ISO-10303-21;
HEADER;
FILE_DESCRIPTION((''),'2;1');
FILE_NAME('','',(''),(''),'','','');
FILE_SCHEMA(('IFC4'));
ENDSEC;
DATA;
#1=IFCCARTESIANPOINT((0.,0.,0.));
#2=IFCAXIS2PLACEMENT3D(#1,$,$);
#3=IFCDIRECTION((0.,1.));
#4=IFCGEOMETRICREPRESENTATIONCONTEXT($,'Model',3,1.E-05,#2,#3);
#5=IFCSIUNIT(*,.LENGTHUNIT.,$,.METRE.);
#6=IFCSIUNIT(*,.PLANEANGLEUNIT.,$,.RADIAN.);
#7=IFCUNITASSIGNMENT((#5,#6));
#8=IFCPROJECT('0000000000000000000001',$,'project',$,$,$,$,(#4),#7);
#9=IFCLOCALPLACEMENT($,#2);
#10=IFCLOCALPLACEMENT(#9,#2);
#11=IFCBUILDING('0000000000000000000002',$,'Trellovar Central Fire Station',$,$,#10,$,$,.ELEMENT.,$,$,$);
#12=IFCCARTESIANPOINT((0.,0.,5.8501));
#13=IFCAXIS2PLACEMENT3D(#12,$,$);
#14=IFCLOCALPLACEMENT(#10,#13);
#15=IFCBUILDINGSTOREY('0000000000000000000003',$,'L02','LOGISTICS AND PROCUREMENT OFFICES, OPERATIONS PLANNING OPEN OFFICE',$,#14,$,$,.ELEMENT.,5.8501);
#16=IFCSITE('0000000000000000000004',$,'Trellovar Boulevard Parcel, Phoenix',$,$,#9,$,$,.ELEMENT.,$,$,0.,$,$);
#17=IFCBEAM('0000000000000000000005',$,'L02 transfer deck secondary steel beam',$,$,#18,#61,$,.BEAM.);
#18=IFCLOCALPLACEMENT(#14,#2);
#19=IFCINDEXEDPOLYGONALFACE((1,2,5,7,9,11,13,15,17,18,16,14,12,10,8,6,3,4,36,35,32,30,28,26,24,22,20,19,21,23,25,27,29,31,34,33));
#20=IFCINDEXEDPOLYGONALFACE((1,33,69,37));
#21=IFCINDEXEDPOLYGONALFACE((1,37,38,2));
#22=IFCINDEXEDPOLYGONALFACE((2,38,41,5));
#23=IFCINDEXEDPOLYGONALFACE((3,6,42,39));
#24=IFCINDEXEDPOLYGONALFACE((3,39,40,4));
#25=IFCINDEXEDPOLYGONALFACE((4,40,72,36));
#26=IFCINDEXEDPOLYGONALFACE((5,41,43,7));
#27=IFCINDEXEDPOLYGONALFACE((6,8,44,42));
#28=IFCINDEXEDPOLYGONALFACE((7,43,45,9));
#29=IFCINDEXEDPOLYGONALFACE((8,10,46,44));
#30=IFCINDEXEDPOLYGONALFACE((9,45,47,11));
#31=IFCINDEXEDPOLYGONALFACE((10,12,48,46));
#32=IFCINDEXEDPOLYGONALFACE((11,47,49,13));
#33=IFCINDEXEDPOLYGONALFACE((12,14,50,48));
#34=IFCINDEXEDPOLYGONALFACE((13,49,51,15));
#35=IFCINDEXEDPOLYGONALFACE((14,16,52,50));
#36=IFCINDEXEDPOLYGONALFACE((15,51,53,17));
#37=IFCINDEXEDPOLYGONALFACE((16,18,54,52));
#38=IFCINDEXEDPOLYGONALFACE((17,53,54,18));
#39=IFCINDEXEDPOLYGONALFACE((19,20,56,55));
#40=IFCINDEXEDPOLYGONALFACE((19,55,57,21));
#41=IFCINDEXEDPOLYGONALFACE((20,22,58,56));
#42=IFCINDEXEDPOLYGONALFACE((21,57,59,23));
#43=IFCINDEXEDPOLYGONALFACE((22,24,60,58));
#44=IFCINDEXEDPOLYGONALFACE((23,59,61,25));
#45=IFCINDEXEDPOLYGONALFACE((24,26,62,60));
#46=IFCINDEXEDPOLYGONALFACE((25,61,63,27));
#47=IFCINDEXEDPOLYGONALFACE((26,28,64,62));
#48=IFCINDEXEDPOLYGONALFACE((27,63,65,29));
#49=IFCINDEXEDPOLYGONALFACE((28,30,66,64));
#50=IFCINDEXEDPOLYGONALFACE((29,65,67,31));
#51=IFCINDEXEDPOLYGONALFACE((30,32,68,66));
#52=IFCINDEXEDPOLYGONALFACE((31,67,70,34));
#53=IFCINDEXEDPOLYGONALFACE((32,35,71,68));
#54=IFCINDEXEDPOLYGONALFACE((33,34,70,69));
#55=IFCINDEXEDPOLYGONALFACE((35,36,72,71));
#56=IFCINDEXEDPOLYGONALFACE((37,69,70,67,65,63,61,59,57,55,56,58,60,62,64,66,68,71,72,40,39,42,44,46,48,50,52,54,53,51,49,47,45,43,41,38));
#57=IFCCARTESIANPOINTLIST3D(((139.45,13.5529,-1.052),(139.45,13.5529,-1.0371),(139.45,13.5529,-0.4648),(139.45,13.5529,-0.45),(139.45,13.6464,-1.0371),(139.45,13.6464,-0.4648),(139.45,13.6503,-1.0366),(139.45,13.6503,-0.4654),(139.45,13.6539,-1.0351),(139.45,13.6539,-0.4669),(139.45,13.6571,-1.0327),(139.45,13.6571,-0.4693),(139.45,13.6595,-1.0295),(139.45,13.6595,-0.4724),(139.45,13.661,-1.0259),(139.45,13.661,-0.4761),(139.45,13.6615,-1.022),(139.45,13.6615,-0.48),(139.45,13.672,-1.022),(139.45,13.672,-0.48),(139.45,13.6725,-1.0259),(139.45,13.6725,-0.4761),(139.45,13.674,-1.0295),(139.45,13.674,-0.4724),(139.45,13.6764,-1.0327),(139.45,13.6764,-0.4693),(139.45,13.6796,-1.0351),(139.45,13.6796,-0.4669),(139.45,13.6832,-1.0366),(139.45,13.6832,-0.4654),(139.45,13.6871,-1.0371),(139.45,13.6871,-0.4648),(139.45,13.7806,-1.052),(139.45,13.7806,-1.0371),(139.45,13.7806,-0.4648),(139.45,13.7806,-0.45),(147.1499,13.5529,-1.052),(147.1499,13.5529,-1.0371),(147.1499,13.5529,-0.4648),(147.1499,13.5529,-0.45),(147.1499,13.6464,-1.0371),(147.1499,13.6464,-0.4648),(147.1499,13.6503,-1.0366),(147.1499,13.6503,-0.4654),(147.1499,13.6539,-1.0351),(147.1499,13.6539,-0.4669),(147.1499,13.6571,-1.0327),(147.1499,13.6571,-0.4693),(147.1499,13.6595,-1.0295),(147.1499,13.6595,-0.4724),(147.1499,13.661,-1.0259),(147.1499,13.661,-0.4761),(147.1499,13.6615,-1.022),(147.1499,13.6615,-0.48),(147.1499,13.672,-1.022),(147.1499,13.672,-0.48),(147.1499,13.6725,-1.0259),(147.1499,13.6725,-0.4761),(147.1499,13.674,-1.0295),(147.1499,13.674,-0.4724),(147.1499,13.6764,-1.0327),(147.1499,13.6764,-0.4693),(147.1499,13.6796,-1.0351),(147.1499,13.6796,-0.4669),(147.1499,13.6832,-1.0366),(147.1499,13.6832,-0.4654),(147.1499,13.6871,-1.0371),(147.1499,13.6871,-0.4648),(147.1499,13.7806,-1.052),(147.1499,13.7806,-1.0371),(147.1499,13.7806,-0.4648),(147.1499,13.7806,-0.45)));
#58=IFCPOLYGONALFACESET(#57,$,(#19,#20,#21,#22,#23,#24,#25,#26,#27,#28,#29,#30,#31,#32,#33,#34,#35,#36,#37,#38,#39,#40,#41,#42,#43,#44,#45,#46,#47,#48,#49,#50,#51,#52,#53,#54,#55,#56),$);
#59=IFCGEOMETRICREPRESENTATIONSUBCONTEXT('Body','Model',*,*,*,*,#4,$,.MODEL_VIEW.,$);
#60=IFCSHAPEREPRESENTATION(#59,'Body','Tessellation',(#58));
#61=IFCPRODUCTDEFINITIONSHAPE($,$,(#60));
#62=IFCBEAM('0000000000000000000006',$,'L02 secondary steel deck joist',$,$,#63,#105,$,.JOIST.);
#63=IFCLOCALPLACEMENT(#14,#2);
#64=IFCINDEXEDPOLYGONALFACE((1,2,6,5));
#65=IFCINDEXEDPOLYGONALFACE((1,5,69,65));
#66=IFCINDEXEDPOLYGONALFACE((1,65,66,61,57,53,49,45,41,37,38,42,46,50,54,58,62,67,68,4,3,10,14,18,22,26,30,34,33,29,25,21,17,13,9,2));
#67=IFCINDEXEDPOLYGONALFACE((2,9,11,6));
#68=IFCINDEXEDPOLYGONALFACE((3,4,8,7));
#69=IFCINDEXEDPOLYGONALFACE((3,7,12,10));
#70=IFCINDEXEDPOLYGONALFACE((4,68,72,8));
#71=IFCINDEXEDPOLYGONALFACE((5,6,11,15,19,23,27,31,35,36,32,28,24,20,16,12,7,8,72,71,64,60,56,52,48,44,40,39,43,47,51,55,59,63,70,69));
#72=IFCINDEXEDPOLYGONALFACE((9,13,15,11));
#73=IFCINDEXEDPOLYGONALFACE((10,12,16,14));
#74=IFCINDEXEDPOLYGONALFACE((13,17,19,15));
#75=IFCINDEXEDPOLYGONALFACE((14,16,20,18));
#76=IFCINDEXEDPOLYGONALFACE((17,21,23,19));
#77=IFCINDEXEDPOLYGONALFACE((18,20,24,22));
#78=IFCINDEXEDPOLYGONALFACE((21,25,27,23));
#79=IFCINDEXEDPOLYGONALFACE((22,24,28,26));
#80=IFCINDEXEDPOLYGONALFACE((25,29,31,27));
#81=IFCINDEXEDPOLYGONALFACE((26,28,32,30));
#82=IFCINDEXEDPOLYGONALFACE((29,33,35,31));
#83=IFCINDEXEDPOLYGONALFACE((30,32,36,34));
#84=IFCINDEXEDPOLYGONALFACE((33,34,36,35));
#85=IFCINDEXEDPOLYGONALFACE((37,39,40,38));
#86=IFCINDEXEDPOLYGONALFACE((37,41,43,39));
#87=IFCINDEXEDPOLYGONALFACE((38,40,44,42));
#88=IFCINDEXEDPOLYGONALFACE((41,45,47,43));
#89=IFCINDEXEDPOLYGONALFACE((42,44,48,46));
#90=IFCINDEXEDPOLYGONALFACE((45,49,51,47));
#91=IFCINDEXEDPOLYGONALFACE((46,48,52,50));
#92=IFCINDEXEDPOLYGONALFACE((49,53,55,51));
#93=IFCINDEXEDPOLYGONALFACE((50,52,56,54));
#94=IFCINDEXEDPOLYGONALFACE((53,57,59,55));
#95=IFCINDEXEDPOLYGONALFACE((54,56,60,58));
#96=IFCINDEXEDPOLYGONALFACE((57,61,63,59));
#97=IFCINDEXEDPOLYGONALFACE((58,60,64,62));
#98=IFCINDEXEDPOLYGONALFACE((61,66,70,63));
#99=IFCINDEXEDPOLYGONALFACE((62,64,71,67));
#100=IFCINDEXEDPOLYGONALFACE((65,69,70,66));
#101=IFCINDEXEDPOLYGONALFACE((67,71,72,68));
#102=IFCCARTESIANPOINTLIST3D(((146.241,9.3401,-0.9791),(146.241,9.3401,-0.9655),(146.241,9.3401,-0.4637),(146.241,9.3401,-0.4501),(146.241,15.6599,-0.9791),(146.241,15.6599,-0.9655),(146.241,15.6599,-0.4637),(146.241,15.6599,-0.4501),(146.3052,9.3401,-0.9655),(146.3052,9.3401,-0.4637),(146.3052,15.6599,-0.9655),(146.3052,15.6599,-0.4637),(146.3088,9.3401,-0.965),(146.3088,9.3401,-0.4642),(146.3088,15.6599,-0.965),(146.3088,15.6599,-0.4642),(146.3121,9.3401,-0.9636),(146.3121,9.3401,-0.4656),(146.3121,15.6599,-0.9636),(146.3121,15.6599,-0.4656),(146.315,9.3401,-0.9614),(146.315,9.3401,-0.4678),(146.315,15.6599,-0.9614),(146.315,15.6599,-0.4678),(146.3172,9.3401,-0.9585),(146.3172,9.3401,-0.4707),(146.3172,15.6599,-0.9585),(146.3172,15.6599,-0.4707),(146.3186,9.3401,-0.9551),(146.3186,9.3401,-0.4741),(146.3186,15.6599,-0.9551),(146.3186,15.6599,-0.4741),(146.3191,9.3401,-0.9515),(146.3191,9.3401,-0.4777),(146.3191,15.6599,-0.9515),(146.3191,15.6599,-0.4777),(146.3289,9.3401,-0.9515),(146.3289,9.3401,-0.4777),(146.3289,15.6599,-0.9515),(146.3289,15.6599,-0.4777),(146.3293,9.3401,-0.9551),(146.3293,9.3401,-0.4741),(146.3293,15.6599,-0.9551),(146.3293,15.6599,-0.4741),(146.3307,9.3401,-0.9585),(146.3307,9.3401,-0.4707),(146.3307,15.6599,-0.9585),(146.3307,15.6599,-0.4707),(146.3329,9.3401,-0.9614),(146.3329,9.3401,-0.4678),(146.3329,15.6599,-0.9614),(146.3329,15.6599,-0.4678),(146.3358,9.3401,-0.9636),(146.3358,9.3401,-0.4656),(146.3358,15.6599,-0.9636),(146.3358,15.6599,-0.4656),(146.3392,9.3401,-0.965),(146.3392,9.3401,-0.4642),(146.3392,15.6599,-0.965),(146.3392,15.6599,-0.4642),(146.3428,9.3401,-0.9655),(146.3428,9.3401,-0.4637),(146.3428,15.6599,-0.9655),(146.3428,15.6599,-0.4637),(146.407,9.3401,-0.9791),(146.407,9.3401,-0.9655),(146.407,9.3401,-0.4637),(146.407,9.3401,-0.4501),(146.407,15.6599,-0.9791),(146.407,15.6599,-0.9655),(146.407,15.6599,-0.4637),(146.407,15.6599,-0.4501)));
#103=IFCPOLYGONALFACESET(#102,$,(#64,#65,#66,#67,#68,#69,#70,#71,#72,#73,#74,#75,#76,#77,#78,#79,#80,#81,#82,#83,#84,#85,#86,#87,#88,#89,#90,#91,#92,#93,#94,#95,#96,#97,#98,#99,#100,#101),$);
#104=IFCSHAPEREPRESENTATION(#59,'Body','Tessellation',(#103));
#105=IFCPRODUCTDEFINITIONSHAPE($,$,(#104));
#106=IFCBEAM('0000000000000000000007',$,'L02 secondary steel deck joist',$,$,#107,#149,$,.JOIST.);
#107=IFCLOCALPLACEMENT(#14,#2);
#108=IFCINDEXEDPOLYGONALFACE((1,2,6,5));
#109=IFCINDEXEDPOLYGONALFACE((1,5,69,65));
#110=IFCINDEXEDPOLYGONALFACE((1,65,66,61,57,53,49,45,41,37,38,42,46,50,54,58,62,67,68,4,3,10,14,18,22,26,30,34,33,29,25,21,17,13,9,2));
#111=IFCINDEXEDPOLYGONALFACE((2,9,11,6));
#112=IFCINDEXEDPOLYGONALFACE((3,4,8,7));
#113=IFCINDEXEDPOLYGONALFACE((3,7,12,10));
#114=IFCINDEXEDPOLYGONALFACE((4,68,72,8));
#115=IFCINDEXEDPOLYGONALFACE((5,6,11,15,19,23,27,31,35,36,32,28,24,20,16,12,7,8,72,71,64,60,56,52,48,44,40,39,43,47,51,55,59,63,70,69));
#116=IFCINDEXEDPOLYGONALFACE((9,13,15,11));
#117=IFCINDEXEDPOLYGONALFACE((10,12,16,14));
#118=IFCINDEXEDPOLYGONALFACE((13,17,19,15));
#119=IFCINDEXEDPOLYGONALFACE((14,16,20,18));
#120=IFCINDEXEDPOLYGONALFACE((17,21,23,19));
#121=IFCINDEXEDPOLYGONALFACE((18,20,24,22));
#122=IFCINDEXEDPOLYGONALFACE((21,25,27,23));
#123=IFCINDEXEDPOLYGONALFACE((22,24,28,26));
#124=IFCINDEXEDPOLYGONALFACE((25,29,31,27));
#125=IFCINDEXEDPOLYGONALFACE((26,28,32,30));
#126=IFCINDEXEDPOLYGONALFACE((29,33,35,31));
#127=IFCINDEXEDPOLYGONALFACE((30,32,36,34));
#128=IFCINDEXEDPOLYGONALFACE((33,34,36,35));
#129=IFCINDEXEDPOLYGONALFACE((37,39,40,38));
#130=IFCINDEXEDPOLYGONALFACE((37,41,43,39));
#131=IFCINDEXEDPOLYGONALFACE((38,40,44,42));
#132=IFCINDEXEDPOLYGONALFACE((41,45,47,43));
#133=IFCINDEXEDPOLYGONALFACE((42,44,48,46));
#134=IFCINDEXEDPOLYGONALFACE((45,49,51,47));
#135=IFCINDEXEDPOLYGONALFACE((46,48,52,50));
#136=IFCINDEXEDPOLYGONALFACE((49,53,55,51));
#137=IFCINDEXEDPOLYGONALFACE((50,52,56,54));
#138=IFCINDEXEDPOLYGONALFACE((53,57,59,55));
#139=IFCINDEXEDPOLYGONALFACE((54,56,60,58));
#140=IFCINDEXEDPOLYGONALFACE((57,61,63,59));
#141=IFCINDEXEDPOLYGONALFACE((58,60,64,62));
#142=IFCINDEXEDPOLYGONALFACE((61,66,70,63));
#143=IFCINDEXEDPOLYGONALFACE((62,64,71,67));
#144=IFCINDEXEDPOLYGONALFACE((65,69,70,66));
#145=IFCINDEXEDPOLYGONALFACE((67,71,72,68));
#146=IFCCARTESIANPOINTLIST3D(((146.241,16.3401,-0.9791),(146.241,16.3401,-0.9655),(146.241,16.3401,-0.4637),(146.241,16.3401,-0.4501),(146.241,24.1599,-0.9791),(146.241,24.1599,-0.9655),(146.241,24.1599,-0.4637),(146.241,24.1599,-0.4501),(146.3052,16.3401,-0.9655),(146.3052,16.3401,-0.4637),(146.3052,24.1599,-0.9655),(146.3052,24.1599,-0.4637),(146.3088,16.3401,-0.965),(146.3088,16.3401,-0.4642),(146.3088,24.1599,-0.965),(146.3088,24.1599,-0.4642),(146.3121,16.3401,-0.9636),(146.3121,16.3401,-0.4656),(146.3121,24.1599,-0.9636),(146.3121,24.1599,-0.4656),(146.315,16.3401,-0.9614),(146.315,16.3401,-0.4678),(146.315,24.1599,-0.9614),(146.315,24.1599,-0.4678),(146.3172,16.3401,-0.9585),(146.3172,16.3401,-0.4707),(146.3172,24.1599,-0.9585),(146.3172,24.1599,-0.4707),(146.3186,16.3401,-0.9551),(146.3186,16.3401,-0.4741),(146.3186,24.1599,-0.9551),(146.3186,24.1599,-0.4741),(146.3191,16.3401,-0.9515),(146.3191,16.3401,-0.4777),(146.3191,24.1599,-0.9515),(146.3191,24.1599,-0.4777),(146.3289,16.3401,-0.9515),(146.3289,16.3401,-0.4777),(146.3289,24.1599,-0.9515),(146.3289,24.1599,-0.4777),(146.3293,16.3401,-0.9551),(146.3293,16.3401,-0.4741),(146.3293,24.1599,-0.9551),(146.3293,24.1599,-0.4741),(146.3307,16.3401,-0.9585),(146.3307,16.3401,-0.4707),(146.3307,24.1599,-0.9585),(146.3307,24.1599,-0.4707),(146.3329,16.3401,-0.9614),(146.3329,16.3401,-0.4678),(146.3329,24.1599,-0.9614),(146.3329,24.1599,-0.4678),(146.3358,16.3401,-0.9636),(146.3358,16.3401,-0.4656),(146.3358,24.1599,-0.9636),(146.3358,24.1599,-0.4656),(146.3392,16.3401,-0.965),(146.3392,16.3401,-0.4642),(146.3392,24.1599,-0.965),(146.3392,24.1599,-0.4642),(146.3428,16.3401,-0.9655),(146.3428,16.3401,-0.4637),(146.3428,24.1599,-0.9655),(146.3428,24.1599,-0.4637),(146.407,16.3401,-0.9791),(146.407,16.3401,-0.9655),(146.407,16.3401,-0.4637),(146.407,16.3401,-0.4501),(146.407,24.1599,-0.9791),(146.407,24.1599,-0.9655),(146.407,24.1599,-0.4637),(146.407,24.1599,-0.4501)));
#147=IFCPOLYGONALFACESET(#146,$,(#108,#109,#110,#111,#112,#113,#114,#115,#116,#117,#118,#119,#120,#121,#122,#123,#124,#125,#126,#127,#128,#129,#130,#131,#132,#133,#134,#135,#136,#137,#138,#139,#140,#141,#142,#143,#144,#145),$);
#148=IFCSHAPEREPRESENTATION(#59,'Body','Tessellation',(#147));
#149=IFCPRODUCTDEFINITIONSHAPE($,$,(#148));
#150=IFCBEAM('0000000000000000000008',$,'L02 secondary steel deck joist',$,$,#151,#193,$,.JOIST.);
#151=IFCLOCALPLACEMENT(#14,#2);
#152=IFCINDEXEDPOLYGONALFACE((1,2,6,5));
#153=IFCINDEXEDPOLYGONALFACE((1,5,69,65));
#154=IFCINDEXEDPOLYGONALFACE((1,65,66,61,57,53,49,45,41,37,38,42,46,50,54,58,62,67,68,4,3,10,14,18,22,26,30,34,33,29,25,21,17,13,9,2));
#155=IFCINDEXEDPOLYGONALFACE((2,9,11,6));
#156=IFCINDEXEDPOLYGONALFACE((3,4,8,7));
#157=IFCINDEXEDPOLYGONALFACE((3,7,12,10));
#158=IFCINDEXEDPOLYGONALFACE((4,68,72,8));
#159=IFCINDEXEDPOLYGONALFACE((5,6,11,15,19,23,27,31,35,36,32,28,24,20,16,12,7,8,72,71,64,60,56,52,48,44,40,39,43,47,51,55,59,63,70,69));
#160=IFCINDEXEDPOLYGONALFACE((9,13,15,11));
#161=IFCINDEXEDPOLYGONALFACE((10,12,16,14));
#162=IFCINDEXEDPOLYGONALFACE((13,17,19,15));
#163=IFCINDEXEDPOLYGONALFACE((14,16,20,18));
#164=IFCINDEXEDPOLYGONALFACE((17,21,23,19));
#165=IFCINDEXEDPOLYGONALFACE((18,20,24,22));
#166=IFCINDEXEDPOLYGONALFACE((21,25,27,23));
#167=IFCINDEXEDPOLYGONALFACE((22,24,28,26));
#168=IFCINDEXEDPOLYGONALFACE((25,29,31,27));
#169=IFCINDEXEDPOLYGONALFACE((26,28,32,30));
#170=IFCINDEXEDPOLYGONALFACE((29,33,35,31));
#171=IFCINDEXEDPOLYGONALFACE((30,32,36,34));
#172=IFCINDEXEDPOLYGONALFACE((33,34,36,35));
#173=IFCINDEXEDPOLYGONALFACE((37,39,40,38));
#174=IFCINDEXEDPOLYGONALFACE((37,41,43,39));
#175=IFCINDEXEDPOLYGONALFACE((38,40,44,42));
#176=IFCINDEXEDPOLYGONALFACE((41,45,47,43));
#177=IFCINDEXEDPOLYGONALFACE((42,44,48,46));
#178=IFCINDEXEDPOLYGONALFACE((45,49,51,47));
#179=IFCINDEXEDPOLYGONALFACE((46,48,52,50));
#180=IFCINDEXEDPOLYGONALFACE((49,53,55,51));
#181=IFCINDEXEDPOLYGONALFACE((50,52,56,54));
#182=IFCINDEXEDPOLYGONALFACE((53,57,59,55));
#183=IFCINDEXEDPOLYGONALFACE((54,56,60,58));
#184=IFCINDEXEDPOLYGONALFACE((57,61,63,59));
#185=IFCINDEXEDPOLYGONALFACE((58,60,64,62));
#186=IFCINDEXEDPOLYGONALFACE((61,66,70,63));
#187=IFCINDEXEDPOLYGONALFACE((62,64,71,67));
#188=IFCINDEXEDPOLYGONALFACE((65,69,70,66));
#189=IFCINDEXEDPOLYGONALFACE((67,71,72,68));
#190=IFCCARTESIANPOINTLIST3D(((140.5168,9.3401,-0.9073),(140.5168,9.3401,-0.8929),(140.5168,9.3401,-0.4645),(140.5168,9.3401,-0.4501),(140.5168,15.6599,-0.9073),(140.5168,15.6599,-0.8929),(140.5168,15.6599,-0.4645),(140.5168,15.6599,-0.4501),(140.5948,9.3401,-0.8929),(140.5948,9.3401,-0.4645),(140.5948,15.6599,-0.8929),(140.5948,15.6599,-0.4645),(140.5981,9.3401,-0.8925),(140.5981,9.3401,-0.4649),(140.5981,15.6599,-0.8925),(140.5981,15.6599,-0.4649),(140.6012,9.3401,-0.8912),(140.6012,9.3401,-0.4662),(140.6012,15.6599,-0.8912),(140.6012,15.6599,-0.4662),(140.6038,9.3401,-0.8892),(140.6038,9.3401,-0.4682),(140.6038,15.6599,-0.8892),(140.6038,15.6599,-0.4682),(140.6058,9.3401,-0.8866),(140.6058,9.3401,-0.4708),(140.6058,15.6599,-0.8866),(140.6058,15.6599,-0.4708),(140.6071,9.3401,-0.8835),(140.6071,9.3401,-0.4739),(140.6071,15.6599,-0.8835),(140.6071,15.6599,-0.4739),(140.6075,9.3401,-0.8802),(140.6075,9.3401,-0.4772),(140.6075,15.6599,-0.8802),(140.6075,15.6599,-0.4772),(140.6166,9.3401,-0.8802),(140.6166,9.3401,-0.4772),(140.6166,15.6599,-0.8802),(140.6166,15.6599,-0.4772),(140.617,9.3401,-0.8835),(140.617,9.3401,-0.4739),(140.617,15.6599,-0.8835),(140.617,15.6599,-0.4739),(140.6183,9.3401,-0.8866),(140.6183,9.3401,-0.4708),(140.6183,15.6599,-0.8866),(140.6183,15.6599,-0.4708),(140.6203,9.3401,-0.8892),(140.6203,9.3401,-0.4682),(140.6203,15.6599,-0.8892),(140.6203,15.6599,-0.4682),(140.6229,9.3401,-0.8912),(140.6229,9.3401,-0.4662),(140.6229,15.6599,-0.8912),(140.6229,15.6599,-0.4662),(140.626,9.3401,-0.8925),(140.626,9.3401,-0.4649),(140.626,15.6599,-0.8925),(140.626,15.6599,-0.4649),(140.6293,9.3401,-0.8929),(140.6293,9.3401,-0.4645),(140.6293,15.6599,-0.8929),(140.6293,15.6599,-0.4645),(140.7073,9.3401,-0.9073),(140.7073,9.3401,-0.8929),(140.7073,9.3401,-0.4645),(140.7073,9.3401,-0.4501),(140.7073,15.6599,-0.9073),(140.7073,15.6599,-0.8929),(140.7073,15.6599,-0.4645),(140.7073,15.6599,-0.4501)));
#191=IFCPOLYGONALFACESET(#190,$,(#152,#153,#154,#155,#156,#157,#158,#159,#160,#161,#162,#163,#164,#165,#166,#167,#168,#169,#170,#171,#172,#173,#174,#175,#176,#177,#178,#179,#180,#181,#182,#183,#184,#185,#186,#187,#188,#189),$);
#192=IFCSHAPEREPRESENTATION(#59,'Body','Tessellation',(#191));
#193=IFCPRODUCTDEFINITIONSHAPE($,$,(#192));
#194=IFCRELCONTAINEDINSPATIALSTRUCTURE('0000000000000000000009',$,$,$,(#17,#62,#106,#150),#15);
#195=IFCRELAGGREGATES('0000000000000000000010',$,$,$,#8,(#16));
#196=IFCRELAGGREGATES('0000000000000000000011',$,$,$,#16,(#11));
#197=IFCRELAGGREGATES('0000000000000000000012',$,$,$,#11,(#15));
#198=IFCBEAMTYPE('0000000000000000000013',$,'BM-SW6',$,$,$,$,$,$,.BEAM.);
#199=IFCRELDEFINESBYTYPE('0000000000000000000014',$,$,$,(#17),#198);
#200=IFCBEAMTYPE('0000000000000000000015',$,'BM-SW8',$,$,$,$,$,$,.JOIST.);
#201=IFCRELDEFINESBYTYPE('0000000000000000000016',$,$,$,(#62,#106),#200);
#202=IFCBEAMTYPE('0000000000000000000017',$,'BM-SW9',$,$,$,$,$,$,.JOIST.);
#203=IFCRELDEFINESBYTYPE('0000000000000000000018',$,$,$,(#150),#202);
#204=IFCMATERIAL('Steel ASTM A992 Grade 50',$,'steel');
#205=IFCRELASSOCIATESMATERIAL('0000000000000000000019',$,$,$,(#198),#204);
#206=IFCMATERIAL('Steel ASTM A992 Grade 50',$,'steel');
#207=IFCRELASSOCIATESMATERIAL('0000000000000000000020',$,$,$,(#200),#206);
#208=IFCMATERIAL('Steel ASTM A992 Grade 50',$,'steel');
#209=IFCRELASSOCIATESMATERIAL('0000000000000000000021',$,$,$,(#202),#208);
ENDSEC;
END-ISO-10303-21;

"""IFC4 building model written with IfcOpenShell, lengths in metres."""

from ifc_helpers import new_model, si_unit, direction, frame, origin, origin_2d, place, context, subcontext, project, spatial, i_section, extrude, material, material_profile, profile_set, type_object, element, save


model = new_model("IFC4")

# Units and contexts
model_context = context("Model", 3, precision=1e-05, world=origin(), true_north=direction((0.0, 1.0)))
body_context = subcontext(model_context, "Body", "Model", "MODEL_VIEW")
ifc_project = project(units=[si_unit("LENGTHUNIT", "METRE"), si_unit("PLANEANGLEUNIT", "RADIAN")], contexts=[model_context])

# Site, building, storey
site_placement = place(None, origin())
site = spatial("IfcSite", under=ifc_project, at=site_placement, Name="Trellovar Boulevard Parcel, Phoenix", CompositionType="ELEMENT", RefElevation=0.0)
building_placement = place(site_placement, origin())
building = spatial("IfcBuilding", under=site, at=building_placement, Name="Trellovar Central Fire Station", CompositionType="ELEMENT")
storey_placement = place(building_placement, frame((0.0, 0.0, 5.8501)))
storey = spatial("IfcBuildingStorey", under=building, at=storey_placement, Name="L02", Description="LOGISTICS AND PROCUREMENT OFFICES, OPERATIONS PLANNING OPEN OFFICE", CompositionType="ELEMENT", Elevation=5.8501)

# Beams
ifc_material_1 = material(Name="Steel ASTM A992 Grade 50", Category="steel")
ifc_material_profile_1 = material_profile(ifc_material_1, i_section(OverallWidth=0.2278, OverallDepth=0.6021, WebThickness=0.0105, FlangeThickness=0.0149, FilletRadius=0.0151, at=origin_2d()), Name="W24X68")
ifc_profile_set_1 = profile_set([ifc_material_profile_1], Name="Steel ASTM A992 Grade 50")
beam_type_1 = type_object("IfcBeamType", Name="BM-SW6", PredefinedType="BEAM", material=ifc_profile_set_1)
for number, where, z_axis, x_axis, name in (
    (1, (139.45, 13.6667, -0.751), (1.0, 0.0, 0.0), (0.0, 1.0, 0.0), "L02 transfer deck secondary steel beam"),
):
    element("IfcBeam", number, at=place(storey_placement, frame(where, z_axis=z_axis, x_axis=x_axis)), inside=storey, type_object=beam_type_1, Name=name, PredefinedType="BEAM", context=body_context, shape_type="SweptSolid", body=[
        extrude(i_section(OverallWidth=0.2278, OverallDepth=0.6021, WebThickness=0.0105, FlangeThickness=0.0149, FilletRadius=0.0151, at=origin_2d()), origin(), (0.0, 0.0, 1.0), 7.7),
    ])
ifc_material_2 = material(Name="Steel ASTM A992 Grade 50", Category="steel")
ifc_material_profile_2 = material_profile(ifc_material_2, i_section(OverallWidth=0.166, OverallDepth=0.5291, WebThickness=0.0098, FlangeThickness=0.0137, FilletRadius=0.0139, at=origin_2d()), Name="W21X50")
ifc_profile_set_2 = profile_set([ifc_material_profile_2], Name="Steel ASTM A992 Grade 50")
beam_type_2 = type_object("IfcBeamType", Name="BM-SW8", PredefinedType="JOIST", material=ifc_profile_set_2)
beam_1_placement = place(storey_placement, frame((146.324, 9.3401, -0.7146), z_axis=(0.0, 1.0, 0.0), x_axis=(-1.0, 0.0, 0.0)))
element("IfcBeam", 2, at=beam_1_placement, inside=storey, type_object=beam_type_2, Name="L02 secondary steel deck joist", PredefinedType="JOIST", context=body_context, shape_type="SweptSolid", body=[
    extrude(i_section(OverallWidth=0.166, OverallDepth=0.5291, WebThickness=0.0098, FlangeThickness=0.0137, FilletRadius=0.0139, at=origin_2d()), origin(), (0.0, 0.0, 1.0), 6.3198),
])
beam_2_placement = place(storey_placement, frame((146.324, 16.3401, -0.7146), z_axis=(0.0, 1.0, 0.0), x_axis=(-1.0, 0.0, 0.0)))
element("IfcBeam", 3, at=beam_2_placement, inside=storey, type_object=beam_type_2, Name="L02 secondary steel deck joist", PredefinedType="JOIST", context=body_context, shape_type="SweptSolid", body=[
    extrude(i_section(OverallWidth=0.166, OverallDepth=0.5291, WebThickness=0.0098, FlangeThickness=0.0137, FilletRadius=0.0139, at=origin_2d()), origin(), (0.0, 0.0, 1.0), 7.8198),
])
ifc_material_3 = material(Name="Steel ASTM A992 Grade 50", Category="steel")
ifc_material_profile_3 = material_profile(ifc_material_3, i_section(OverallWidth=0.1904, OverallDepth=0.4573, WebThickness=0.009, FlangeThickness=0.0144, FilletRadius=0.0127, at=origin_2d()), Name="W18X50")
ifc_profile_set_3 = profile_set([ifc_material_profile_3], Name="Steel ASTM A992 Grade 50")
beam_type_3 = type_object("IfcBeamType", Name="BM-SW9", PredefinedType="JOIST", material=ifc_profile_set_3)
beam_3_placement = place(storey_placement, frame((140.6121, 9.3401, -0.6787), z_axis=(0.0, 1.0, 0.0), x_axis=(-1.0, 0.0, 0.0)))
element("IfcBeam", 4, at=beam_3_placement, inside=storey, type_object=beam_type_3, Name="L02 secondary steel deck joist", PredefinedType="JOIST", context=body_context, shape_type="SweptSolid", body=[
    extrude(i_section(OverallWidth=0.1904, OverallDepth=0.4573, WebThickness=0.009, FlangeThickness=0.0144, FilletRadius=0.0127, at=origin_2d()), origin(), (0.0, 0.0, 1.0), 6.3198),
])

save(model, "model.ifc")
